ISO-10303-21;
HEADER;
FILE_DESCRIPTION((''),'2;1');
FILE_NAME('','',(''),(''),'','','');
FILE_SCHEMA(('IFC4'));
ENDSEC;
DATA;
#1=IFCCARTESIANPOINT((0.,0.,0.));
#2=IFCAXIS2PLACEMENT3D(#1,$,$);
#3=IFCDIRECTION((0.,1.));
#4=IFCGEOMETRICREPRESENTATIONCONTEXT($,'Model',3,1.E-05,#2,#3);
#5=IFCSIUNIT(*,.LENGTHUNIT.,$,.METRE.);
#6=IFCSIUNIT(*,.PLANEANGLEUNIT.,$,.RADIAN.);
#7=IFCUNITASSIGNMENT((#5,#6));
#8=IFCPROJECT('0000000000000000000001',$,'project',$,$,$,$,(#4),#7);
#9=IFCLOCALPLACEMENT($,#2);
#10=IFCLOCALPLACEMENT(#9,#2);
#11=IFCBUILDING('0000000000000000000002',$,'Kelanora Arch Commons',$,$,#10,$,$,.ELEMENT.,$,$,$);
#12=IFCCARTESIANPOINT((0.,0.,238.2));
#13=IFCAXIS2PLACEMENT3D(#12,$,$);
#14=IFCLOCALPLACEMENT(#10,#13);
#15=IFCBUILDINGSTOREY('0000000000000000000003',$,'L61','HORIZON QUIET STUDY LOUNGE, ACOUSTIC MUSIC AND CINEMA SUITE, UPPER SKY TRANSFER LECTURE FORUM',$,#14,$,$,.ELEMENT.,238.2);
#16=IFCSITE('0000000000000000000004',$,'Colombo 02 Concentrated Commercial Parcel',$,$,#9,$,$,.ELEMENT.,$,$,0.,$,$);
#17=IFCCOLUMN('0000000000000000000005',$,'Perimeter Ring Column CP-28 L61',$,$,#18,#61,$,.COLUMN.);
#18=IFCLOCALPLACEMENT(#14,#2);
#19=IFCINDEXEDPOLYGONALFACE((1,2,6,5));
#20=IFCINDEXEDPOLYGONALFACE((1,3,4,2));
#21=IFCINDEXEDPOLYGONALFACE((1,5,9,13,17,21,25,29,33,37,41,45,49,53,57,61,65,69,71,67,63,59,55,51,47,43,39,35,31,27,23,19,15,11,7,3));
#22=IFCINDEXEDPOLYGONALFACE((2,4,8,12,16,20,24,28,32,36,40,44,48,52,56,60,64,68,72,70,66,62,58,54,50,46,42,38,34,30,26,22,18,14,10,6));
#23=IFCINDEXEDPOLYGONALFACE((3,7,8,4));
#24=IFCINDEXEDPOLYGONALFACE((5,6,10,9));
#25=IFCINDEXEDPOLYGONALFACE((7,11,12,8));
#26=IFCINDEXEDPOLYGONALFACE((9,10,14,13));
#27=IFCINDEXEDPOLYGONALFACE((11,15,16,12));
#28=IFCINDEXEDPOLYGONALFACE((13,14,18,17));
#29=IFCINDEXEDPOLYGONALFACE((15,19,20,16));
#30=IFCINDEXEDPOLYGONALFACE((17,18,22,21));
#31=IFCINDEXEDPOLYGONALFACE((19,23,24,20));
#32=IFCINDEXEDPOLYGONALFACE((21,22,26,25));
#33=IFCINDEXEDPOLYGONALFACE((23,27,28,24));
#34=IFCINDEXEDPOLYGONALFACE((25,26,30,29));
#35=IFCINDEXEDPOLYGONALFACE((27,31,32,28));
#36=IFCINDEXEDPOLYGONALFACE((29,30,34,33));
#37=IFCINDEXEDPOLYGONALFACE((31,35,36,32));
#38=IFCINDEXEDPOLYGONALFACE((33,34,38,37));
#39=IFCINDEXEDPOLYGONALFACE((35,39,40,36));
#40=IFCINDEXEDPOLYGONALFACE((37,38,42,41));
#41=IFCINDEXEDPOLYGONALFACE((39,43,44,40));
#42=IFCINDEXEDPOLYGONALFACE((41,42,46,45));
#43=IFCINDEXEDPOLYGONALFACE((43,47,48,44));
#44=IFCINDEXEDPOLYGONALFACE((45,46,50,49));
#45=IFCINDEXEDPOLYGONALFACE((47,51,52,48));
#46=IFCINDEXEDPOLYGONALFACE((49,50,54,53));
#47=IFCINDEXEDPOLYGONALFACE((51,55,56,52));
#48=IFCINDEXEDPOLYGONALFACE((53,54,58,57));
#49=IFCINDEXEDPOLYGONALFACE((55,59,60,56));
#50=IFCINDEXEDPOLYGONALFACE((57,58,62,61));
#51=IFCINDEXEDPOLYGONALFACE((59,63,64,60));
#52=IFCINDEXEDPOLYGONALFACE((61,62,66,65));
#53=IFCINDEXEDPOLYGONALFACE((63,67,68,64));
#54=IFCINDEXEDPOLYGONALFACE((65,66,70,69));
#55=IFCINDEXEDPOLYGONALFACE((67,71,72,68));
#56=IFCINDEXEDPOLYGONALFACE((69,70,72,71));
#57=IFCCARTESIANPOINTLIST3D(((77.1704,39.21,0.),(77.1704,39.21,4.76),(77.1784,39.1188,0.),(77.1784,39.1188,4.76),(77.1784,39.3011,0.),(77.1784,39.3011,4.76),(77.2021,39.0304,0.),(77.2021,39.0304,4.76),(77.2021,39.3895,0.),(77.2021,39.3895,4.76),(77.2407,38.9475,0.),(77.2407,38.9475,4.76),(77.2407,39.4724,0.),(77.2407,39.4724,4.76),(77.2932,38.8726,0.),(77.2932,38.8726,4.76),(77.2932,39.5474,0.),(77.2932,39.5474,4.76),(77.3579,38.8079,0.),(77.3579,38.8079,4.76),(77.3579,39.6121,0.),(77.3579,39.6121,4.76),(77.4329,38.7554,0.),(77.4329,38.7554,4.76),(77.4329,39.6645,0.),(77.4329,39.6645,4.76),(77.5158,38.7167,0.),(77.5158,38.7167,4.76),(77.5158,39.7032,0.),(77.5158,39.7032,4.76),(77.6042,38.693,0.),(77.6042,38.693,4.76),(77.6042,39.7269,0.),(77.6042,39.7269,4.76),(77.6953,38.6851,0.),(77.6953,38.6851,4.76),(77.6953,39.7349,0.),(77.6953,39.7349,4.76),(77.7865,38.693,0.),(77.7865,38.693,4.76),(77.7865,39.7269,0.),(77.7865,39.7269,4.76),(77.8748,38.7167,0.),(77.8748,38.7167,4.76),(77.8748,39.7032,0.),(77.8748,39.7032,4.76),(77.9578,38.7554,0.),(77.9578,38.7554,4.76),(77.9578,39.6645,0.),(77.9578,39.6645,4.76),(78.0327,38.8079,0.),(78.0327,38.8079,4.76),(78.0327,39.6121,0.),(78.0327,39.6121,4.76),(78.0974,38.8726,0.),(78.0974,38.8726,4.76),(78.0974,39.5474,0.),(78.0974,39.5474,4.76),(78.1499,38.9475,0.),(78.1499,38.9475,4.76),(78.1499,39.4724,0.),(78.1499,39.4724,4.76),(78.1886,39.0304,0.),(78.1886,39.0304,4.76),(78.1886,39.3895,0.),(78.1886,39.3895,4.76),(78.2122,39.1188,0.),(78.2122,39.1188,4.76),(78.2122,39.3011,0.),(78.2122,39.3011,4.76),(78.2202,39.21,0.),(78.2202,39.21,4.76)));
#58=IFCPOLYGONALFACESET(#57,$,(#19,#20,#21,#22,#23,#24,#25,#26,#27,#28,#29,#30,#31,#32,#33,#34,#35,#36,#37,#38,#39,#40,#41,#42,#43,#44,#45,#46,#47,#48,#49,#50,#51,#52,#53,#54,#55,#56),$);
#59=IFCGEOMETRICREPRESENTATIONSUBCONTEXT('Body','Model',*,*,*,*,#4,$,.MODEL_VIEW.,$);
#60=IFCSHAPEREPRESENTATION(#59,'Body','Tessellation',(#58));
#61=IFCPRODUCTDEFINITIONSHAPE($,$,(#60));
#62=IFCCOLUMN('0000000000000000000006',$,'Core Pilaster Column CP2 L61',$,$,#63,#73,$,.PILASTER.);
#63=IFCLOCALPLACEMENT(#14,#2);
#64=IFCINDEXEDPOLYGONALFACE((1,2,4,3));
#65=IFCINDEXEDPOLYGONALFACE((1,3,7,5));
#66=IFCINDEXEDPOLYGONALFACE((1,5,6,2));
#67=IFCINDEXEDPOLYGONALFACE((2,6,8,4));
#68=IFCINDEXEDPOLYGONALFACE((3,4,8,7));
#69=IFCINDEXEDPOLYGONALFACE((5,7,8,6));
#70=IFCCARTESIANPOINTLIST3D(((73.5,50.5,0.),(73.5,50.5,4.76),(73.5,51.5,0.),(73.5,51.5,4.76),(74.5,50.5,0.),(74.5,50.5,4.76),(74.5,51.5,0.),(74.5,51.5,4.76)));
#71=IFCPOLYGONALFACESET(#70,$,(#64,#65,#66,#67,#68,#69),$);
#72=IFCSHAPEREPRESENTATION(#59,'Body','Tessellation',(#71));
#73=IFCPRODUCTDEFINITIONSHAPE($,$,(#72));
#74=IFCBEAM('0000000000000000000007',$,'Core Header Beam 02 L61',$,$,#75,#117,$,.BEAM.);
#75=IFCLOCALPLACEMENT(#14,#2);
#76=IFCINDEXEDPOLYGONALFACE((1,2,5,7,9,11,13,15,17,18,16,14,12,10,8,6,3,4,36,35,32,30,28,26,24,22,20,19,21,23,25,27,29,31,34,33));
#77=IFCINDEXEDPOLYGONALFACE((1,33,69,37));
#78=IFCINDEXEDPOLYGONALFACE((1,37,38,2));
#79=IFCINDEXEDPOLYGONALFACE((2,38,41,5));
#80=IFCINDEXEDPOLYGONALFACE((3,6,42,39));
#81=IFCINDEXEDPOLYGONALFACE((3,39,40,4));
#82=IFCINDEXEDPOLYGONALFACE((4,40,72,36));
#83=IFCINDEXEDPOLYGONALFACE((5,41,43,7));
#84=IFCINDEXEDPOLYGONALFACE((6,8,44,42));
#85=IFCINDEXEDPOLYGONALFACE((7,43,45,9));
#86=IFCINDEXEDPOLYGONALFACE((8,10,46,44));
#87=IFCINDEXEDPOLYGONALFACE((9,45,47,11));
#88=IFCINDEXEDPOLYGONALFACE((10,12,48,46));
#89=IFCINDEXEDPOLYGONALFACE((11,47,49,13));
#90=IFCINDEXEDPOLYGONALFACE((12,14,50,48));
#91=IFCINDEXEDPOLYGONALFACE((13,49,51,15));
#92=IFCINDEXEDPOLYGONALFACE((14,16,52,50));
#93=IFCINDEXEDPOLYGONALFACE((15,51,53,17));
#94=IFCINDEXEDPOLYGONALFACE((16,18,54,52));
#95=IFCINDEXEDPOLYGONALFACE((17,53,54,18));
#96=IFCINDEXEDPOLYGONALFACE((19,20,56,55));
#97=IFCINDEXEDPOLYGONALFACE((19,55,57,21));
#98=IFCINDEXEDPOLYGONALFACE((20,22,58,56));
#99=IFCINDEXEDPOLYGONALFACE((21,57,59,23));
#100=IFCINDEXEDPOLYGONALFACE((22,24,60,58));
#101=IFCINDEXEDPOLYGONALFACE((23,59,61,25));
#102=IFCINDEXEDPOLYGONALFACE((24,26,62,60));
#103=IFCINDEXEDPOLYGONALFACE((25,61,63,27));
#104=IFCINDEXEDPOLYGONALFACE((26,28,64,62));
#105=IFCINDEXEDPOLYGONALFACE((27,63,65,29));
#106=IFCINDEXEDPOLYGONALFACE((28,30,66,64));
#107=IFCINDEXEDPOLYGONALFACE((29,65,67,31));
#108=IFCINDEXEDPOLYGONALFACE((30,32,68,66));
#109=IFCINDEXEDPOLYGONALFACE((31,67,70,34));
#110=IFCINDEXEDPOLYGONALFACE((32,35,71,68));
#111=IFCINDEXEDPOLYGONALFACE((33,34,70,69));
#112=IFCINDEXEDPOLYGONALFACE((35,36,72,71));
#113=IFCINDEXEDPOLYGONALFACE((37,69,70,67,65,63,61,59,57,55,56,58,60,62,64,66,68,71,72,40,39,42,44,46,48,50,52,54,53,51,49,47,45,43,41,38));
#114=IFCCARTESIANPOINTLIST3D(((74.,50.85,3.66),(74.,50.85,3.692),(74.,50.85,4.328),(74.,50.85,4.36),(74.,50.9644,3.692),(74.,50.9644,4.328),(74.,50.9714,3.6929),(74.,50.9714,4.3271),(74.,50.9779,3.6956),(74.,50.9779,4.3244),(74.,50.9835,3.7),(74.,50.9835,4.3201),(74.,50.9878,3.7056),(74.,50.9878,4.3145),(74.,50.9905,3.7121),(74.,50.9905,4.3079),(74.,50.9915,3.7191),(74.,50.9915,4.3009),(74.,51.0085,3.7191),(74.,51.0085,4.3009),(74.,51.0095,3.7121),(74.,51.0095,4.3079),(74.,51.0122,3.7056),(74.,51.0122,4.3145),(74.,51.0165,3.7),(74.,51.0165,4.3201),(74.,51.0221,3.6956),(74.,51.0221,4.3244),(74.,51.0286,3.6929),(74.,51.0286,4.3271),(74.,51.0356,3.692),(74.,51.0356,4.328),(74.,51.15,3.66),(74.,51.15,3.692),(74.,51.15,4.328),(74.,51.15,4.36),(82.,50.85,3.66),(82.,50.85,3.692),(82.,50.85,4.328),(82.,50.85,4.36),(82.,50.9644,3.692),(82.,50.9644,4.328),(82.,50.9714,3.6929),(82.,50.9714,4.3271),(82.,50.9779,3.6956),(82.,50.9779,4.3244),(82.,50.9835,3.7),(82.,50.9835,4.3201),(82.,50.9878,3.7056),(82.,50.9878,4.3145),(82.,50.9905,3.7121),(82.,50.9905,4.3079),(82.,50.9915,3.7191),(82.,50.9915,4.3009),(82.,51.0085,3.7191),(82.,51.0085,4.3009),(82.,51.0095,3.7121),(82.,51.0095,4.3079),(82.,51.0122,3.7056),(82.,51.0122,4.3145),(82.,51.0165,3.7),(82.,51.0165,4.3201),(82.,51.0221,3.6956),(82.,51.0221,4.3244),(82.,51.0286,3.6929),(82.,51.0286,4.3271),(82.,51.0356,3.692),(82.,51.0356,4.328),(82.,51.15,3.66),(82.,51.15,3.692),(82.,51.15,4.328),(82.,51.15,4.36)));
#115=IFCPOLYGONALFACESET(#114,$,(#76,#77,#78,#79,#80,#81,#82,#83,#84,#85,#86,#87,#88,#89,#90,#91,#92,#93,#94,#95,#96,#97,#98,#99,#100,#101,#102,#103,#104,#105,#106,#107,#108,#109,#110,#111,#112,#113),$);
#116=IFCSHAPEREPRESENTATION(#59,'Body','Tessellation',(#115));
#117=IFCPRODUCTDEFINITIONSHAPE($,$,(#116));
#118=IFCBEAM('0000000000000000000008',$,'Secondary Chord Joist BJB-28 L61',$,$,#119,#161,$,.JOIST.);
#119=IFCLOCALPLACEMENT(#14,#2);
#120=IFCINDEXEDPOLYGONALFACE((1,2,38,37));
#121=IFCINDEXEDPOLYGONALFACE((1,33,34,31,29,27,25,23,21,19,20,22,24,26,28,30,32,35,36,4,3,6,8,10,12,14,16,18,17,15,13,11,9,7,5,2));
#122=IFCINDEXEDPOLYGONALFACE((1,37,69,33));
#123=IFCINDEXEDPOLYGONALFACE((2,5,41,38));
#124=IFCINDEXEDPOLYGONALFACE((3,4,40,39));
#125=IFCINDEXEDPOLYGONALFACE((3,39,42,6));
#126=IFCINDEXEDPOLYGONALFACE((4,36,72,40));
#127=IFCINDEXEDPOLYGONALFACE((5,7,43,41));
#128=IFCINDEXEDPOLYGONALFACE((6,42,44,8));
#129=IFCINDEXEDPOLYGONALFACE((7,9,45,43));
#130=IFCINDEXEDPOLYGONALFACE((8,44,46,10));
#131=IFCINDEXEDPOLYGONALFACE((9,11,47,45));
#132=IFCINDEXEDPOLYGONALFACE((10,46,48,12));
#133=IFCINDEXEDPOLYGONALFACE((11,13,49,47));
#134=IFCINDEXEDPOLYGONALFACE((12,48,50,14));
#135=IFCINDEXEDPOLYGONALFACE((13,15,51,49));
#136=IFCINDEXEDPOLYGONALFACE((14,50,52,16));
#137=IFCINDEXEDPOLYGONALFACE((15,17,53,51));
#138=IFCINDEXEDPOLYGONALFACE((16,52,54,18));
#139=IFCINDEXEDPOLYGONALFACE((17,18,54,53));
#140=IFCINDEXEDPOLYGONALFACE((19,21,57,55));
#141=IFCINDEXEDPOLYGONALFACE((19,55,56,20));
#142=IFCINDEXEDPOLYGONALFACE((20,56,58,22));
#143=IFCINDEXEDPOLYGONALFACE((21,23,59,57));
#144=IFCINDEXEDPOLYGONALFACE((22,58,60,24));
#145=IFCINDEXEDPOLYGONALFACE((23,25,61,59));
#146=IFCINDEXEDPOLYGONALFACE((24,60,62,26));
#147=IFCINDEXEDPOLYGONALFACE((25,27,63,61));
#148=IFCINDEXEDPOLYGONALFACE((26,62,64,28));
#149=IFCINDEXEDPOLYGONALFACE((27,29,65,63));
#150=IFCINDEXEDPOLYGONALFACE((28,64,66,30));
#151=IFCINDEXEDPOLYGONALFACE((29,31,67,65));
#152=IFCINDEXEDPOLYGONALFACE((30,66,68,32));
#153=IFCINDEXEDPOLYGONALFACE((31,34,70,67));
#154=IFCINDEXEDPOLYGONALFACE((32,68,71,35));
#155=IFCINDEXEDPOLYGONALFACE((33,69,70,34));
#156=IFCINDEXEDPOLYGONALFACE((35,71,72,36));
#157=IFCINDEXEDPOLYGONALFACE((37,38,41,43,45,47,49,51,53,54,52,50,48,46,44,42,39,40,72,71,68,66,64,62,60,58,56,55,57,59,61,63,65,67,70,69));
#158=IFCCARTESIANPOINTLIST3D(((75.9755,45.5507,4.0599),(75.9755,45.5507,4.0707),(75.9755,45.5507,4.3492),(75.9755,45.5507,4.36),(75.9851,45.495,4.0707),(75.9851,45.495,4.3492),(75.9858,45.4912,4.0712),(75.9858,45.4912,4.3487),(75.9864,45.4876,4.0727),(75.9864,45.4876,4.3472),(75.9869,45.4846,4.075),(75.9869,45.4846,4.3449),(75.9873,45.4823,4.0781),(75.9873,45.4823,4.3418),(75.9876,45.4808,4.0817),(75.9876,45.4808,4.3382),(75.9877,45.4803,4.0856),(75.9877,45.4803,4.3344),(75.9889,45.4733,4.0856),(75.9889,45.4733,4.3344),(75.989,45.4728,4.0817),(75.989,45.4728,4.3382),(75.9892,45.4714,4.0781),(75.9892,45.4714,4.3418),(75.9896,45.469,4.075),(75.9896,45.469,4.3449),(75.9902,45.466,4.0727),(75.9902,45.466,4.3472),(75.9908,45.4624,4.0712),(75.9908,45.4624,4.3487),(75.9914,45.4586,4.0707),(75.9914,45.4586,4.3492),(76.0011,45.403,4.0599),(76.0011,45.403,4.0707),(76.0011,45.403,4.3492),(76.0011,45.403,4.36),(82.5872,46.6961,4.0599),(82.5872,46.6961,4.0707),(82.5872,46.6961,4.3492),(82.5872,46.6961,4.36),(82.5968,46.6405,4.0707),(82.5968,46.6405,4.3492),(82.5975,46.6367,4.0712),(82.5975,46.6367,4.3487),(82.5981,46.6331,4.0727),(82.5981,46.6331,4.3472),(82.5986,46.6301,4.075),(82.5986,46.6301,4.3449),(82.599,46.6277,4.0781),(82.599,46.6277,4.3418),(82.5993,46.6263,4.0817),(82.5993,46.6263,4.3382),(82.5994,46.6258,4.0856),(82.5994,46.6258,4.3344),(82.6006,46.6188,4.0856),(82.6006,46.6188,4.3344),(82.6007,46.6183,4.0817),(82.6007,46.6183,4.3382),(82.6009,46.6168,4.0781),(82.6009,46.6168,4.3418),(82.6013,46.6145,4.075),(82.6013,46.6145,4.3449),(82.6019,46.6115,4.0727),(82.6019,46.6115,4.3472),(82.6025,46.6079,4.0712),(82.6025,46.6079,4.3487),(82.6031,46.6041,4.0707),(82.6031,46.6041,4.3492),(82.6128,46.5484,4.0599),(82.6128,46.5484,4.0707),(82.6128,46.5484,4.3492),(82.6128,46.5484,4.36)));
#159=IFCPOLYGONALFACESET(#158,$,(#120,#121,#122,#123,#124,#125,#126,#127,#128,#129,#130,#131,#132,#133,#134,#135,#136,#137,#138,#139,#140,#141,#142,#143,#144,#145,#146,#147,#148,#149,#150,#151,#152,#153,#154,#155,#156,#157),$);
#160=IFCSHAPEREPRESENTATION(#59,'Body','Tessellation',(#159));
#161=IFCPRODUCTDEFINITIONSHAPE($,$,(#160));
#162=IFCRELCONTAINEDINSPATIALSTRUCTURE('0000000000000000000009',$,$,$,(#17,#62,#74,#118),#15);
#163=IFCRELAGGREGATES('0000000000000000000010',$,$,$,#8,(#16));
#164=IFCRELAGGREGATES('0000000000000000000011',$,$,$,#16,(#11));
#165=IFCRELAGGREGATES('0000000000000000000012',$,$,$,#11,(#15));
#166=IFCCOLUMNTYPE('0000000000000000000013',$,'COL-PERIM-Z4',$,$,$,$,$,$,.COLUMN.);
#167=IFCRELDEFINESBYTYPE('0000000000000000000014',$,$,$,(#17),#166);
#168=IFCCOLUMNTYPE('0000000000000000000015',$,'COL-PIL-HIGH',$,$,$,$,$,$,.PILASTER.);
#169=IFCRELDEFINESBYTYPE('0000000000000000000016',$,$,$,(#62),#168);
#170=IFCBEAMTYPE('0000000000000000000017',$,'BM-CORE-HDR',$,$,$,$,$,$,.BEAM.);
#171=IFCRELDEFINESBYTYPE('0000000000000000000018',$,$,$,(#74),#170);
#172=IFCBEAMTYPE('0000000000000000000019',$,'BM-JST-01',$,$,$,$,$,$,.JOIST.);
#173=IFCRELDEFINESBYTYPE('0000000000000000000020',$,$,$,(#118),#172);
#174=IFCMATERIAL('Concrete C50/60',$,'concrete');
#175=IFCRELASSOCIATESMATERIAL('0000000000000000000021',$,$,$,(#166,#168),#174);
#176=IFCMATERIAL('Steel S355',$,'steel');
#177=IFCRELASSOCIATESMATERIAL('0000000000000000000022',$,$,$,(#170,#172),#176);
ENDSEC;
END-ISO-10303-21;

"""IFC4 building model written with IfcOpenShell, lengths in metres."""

from ifc_helpers import new_model, si_unit, direction, frame, origin, origin_2d, place, context, subcontext, project, spatial, rectangle, circle, i_section, extrude, material, material_profile, profile_set, type_object, element, save


model = new_model("IFC4")

# Units and contexts
model_context = context("Model", 3, precision=1e-05, world=origin(), true_north=direction((0.0, 1.0)))
body_context = subcontext(model_context, "Body", "Model", "MODEL_VIEW")
ifc_project = project(units=[si_unit("LENGTHUNIT", "METRE"), si_unit("PLANEANGLEUNIT", "RADIAN")], contexts=[model_context])

# Site, building, storey
site_placement = place(None, origin())
site = spatial("IfcSite", under=ifc_project, at=site_placement, Name="Colombo 02 Concentrated Commercial Parcel", CompositionType="ELEMENT", RefElevation=0.0)
building_placement = place(site_placement, origin())
building = spatial("IfcBuilding", under=site, at=building_placement, Name="Kelanora Arch Commons", CompositionType="ELEMENT")
storey_placement = place(building_placement, frame((0.0, 0.0, 238.2)))
storey = spatial("IfcBuildingStorey", under=building, at=storey_placement, Name="L61", Description="HORIZON QUIET STUDY LOUNGE, ACOUSTIC MUSIC AND CINEMA SUITE, UPPER SKY TRANSFER LECTURE FORUM", CompositionType="ELEMENT", Elevation=238.2)

# Columns
ifc_material_1 = material(Name="Concrete C50/60", Category="concrete")
ifc_material_profile_1 = material_profile(ifc_material_1, circle(Radius=0.5249, at=origin_2d()), Name="RCC1050")
ifc_profile_set_1 = profile_set([ifc_material_profile_1], Name="Concrete C50/60")
column_type_1 = type_object("IfcColumnType", Name="COL-PERIM-Z4", PredefinedType="COLUMN", material=ifc_profile_set_1)
column_1_placement = place(storey_placement, frame((77.6953, 39.21, 0.0), z_axis=(0.0, 0.0, 1.0), x_axis=(1.0, 0.0, 0.0)))
element("IfcColumn", 1, at=column_1_placement, inside=storey, type_object=column_type_1, Name="Perimeter Ring Column CP-28 L61", PredefinedType="COLUMN", context=body_context, shape_type="SweptSolid", body=[
    extrude(circle(Radius=0.5249, at=origin_2d()), origin(), (0.0, 0.0, 1.0), 4.76),
])
ifc_material_profile_2 = material_profile(ifc_material_1, rectangle(XDim=1.0, YDim=1.0, at=origin_2d()), Name="RC1000x1000")
ifc_profile_set_2 = profile_set([ifc_material_profile_2], Name="Concrete C50/60")
column_type_2 = type_object("IfcColumnType", Name="COL-PIL-HIGH", PredefinedType="PILASTER", material=ifc_profile_set_2)
column_2_placement = place(storey_placement, frame((74.0, 51.0, 0.0), z_axis=(0.0, 0.0, 1.0), x_axis=(1.0, 0.0, 0.0)))
element("IfcColumn", 2, at=column_2_placement, inside=storey, type_object=column_type_2, Name="Core Pilaster Column CP2 L61", PredefinedType="PILASTER", context=body_context, shape_type="SweptSolid", body=[
    extrude(rectangle(XDim=1.0, YDim=1.0, at=origin_2d()), origin(), (0.0, 0.0, 1.0), 4.76),
])

# Beams
ifc_material_2 = material(Name="Steel S355", Category="steel")
ifc_material_profile_3 = material_profile(ifc_material_2, i_section(OverallWidth=0.3, OverallDepth=0.7, WebThickness=0.0171, FlangeThickness=0.032, FilletRadius=0.0271, at=origin_2d()), Name="HEB700")
ifc_profile_set_3 = profile_set([ifc_material_profile_3], Name="Steel S355")
beam_type_1 = type_object("IfcBeamType", Name="BM-CORE-HDR", PredefinedType="BEAM", material=ifc_profile_set_3)
beam_1_placement = place(storey_placement, frame((74.0, 51.0, 4.01), z_axis=(1.0, 0.0, 0.0), x_axis=(0.0, 1.0, 0.0)))
element("IfcBeam", 3, at=beam_1_placement, inside=storey, type_object=beam_type_1, Name="Core Header Beam 02 L61", PredefinedType="BEAM", context=body_context, shape_type="SweptSolid", body=[
    extrude(i_section(OverallWidth=0.3, OverallDepth=0.7, WebThickness=0.0171, FlangeThickness=0.032, FilletRadius=0.0271, at=origin_2d()), origin(), (0.0, 0.0, 1.0), 8.0),
])
ifc_material_profile_4 = material_profile(ifc_material_2, i_section(OverallWidth=0.1499, OverallDepth=0.3, WebThickness=0.0071, FlangeThickness=0.0107, FilletRadius=0.0149, at=origin_2d()), Name="IPE300")
ifc_profile_set_4 = profile_set([ifc_material_profile_4], Name="Steel S355")
beam_type_2 = type_object("IfcBeamType", Name="BM-JST-01", PredefinedType="JOIST", material=ifc_profile_set_4)
beam_2_placement = place(storey_placement, frame((75.9883, 45.4768, 4.21), z_axis=(0.985322, 0.170709, 0.0), x_axis=(-0.170709, 0.985322, 0.0)))
element("IfcBeam", 4, at=beam_2_placement, inside=storey, type_object=beam_type_2, Name="Secondary Chord Joist BJB-28 L61", PredefinedType="JOIST", context=body_context, shape_type="SweptSolid", body=[
    extrude(i_section(OverallWidth=0.1499, OverallDepth=0.3, WebThickness=0.0071, FlangeThickness=0.0107, FilletRadius=0.0149, at=origin_2d()), origin(), (0.0, 0.0, 1.0), 6.7102),
])

save(model, "model.ifc")
